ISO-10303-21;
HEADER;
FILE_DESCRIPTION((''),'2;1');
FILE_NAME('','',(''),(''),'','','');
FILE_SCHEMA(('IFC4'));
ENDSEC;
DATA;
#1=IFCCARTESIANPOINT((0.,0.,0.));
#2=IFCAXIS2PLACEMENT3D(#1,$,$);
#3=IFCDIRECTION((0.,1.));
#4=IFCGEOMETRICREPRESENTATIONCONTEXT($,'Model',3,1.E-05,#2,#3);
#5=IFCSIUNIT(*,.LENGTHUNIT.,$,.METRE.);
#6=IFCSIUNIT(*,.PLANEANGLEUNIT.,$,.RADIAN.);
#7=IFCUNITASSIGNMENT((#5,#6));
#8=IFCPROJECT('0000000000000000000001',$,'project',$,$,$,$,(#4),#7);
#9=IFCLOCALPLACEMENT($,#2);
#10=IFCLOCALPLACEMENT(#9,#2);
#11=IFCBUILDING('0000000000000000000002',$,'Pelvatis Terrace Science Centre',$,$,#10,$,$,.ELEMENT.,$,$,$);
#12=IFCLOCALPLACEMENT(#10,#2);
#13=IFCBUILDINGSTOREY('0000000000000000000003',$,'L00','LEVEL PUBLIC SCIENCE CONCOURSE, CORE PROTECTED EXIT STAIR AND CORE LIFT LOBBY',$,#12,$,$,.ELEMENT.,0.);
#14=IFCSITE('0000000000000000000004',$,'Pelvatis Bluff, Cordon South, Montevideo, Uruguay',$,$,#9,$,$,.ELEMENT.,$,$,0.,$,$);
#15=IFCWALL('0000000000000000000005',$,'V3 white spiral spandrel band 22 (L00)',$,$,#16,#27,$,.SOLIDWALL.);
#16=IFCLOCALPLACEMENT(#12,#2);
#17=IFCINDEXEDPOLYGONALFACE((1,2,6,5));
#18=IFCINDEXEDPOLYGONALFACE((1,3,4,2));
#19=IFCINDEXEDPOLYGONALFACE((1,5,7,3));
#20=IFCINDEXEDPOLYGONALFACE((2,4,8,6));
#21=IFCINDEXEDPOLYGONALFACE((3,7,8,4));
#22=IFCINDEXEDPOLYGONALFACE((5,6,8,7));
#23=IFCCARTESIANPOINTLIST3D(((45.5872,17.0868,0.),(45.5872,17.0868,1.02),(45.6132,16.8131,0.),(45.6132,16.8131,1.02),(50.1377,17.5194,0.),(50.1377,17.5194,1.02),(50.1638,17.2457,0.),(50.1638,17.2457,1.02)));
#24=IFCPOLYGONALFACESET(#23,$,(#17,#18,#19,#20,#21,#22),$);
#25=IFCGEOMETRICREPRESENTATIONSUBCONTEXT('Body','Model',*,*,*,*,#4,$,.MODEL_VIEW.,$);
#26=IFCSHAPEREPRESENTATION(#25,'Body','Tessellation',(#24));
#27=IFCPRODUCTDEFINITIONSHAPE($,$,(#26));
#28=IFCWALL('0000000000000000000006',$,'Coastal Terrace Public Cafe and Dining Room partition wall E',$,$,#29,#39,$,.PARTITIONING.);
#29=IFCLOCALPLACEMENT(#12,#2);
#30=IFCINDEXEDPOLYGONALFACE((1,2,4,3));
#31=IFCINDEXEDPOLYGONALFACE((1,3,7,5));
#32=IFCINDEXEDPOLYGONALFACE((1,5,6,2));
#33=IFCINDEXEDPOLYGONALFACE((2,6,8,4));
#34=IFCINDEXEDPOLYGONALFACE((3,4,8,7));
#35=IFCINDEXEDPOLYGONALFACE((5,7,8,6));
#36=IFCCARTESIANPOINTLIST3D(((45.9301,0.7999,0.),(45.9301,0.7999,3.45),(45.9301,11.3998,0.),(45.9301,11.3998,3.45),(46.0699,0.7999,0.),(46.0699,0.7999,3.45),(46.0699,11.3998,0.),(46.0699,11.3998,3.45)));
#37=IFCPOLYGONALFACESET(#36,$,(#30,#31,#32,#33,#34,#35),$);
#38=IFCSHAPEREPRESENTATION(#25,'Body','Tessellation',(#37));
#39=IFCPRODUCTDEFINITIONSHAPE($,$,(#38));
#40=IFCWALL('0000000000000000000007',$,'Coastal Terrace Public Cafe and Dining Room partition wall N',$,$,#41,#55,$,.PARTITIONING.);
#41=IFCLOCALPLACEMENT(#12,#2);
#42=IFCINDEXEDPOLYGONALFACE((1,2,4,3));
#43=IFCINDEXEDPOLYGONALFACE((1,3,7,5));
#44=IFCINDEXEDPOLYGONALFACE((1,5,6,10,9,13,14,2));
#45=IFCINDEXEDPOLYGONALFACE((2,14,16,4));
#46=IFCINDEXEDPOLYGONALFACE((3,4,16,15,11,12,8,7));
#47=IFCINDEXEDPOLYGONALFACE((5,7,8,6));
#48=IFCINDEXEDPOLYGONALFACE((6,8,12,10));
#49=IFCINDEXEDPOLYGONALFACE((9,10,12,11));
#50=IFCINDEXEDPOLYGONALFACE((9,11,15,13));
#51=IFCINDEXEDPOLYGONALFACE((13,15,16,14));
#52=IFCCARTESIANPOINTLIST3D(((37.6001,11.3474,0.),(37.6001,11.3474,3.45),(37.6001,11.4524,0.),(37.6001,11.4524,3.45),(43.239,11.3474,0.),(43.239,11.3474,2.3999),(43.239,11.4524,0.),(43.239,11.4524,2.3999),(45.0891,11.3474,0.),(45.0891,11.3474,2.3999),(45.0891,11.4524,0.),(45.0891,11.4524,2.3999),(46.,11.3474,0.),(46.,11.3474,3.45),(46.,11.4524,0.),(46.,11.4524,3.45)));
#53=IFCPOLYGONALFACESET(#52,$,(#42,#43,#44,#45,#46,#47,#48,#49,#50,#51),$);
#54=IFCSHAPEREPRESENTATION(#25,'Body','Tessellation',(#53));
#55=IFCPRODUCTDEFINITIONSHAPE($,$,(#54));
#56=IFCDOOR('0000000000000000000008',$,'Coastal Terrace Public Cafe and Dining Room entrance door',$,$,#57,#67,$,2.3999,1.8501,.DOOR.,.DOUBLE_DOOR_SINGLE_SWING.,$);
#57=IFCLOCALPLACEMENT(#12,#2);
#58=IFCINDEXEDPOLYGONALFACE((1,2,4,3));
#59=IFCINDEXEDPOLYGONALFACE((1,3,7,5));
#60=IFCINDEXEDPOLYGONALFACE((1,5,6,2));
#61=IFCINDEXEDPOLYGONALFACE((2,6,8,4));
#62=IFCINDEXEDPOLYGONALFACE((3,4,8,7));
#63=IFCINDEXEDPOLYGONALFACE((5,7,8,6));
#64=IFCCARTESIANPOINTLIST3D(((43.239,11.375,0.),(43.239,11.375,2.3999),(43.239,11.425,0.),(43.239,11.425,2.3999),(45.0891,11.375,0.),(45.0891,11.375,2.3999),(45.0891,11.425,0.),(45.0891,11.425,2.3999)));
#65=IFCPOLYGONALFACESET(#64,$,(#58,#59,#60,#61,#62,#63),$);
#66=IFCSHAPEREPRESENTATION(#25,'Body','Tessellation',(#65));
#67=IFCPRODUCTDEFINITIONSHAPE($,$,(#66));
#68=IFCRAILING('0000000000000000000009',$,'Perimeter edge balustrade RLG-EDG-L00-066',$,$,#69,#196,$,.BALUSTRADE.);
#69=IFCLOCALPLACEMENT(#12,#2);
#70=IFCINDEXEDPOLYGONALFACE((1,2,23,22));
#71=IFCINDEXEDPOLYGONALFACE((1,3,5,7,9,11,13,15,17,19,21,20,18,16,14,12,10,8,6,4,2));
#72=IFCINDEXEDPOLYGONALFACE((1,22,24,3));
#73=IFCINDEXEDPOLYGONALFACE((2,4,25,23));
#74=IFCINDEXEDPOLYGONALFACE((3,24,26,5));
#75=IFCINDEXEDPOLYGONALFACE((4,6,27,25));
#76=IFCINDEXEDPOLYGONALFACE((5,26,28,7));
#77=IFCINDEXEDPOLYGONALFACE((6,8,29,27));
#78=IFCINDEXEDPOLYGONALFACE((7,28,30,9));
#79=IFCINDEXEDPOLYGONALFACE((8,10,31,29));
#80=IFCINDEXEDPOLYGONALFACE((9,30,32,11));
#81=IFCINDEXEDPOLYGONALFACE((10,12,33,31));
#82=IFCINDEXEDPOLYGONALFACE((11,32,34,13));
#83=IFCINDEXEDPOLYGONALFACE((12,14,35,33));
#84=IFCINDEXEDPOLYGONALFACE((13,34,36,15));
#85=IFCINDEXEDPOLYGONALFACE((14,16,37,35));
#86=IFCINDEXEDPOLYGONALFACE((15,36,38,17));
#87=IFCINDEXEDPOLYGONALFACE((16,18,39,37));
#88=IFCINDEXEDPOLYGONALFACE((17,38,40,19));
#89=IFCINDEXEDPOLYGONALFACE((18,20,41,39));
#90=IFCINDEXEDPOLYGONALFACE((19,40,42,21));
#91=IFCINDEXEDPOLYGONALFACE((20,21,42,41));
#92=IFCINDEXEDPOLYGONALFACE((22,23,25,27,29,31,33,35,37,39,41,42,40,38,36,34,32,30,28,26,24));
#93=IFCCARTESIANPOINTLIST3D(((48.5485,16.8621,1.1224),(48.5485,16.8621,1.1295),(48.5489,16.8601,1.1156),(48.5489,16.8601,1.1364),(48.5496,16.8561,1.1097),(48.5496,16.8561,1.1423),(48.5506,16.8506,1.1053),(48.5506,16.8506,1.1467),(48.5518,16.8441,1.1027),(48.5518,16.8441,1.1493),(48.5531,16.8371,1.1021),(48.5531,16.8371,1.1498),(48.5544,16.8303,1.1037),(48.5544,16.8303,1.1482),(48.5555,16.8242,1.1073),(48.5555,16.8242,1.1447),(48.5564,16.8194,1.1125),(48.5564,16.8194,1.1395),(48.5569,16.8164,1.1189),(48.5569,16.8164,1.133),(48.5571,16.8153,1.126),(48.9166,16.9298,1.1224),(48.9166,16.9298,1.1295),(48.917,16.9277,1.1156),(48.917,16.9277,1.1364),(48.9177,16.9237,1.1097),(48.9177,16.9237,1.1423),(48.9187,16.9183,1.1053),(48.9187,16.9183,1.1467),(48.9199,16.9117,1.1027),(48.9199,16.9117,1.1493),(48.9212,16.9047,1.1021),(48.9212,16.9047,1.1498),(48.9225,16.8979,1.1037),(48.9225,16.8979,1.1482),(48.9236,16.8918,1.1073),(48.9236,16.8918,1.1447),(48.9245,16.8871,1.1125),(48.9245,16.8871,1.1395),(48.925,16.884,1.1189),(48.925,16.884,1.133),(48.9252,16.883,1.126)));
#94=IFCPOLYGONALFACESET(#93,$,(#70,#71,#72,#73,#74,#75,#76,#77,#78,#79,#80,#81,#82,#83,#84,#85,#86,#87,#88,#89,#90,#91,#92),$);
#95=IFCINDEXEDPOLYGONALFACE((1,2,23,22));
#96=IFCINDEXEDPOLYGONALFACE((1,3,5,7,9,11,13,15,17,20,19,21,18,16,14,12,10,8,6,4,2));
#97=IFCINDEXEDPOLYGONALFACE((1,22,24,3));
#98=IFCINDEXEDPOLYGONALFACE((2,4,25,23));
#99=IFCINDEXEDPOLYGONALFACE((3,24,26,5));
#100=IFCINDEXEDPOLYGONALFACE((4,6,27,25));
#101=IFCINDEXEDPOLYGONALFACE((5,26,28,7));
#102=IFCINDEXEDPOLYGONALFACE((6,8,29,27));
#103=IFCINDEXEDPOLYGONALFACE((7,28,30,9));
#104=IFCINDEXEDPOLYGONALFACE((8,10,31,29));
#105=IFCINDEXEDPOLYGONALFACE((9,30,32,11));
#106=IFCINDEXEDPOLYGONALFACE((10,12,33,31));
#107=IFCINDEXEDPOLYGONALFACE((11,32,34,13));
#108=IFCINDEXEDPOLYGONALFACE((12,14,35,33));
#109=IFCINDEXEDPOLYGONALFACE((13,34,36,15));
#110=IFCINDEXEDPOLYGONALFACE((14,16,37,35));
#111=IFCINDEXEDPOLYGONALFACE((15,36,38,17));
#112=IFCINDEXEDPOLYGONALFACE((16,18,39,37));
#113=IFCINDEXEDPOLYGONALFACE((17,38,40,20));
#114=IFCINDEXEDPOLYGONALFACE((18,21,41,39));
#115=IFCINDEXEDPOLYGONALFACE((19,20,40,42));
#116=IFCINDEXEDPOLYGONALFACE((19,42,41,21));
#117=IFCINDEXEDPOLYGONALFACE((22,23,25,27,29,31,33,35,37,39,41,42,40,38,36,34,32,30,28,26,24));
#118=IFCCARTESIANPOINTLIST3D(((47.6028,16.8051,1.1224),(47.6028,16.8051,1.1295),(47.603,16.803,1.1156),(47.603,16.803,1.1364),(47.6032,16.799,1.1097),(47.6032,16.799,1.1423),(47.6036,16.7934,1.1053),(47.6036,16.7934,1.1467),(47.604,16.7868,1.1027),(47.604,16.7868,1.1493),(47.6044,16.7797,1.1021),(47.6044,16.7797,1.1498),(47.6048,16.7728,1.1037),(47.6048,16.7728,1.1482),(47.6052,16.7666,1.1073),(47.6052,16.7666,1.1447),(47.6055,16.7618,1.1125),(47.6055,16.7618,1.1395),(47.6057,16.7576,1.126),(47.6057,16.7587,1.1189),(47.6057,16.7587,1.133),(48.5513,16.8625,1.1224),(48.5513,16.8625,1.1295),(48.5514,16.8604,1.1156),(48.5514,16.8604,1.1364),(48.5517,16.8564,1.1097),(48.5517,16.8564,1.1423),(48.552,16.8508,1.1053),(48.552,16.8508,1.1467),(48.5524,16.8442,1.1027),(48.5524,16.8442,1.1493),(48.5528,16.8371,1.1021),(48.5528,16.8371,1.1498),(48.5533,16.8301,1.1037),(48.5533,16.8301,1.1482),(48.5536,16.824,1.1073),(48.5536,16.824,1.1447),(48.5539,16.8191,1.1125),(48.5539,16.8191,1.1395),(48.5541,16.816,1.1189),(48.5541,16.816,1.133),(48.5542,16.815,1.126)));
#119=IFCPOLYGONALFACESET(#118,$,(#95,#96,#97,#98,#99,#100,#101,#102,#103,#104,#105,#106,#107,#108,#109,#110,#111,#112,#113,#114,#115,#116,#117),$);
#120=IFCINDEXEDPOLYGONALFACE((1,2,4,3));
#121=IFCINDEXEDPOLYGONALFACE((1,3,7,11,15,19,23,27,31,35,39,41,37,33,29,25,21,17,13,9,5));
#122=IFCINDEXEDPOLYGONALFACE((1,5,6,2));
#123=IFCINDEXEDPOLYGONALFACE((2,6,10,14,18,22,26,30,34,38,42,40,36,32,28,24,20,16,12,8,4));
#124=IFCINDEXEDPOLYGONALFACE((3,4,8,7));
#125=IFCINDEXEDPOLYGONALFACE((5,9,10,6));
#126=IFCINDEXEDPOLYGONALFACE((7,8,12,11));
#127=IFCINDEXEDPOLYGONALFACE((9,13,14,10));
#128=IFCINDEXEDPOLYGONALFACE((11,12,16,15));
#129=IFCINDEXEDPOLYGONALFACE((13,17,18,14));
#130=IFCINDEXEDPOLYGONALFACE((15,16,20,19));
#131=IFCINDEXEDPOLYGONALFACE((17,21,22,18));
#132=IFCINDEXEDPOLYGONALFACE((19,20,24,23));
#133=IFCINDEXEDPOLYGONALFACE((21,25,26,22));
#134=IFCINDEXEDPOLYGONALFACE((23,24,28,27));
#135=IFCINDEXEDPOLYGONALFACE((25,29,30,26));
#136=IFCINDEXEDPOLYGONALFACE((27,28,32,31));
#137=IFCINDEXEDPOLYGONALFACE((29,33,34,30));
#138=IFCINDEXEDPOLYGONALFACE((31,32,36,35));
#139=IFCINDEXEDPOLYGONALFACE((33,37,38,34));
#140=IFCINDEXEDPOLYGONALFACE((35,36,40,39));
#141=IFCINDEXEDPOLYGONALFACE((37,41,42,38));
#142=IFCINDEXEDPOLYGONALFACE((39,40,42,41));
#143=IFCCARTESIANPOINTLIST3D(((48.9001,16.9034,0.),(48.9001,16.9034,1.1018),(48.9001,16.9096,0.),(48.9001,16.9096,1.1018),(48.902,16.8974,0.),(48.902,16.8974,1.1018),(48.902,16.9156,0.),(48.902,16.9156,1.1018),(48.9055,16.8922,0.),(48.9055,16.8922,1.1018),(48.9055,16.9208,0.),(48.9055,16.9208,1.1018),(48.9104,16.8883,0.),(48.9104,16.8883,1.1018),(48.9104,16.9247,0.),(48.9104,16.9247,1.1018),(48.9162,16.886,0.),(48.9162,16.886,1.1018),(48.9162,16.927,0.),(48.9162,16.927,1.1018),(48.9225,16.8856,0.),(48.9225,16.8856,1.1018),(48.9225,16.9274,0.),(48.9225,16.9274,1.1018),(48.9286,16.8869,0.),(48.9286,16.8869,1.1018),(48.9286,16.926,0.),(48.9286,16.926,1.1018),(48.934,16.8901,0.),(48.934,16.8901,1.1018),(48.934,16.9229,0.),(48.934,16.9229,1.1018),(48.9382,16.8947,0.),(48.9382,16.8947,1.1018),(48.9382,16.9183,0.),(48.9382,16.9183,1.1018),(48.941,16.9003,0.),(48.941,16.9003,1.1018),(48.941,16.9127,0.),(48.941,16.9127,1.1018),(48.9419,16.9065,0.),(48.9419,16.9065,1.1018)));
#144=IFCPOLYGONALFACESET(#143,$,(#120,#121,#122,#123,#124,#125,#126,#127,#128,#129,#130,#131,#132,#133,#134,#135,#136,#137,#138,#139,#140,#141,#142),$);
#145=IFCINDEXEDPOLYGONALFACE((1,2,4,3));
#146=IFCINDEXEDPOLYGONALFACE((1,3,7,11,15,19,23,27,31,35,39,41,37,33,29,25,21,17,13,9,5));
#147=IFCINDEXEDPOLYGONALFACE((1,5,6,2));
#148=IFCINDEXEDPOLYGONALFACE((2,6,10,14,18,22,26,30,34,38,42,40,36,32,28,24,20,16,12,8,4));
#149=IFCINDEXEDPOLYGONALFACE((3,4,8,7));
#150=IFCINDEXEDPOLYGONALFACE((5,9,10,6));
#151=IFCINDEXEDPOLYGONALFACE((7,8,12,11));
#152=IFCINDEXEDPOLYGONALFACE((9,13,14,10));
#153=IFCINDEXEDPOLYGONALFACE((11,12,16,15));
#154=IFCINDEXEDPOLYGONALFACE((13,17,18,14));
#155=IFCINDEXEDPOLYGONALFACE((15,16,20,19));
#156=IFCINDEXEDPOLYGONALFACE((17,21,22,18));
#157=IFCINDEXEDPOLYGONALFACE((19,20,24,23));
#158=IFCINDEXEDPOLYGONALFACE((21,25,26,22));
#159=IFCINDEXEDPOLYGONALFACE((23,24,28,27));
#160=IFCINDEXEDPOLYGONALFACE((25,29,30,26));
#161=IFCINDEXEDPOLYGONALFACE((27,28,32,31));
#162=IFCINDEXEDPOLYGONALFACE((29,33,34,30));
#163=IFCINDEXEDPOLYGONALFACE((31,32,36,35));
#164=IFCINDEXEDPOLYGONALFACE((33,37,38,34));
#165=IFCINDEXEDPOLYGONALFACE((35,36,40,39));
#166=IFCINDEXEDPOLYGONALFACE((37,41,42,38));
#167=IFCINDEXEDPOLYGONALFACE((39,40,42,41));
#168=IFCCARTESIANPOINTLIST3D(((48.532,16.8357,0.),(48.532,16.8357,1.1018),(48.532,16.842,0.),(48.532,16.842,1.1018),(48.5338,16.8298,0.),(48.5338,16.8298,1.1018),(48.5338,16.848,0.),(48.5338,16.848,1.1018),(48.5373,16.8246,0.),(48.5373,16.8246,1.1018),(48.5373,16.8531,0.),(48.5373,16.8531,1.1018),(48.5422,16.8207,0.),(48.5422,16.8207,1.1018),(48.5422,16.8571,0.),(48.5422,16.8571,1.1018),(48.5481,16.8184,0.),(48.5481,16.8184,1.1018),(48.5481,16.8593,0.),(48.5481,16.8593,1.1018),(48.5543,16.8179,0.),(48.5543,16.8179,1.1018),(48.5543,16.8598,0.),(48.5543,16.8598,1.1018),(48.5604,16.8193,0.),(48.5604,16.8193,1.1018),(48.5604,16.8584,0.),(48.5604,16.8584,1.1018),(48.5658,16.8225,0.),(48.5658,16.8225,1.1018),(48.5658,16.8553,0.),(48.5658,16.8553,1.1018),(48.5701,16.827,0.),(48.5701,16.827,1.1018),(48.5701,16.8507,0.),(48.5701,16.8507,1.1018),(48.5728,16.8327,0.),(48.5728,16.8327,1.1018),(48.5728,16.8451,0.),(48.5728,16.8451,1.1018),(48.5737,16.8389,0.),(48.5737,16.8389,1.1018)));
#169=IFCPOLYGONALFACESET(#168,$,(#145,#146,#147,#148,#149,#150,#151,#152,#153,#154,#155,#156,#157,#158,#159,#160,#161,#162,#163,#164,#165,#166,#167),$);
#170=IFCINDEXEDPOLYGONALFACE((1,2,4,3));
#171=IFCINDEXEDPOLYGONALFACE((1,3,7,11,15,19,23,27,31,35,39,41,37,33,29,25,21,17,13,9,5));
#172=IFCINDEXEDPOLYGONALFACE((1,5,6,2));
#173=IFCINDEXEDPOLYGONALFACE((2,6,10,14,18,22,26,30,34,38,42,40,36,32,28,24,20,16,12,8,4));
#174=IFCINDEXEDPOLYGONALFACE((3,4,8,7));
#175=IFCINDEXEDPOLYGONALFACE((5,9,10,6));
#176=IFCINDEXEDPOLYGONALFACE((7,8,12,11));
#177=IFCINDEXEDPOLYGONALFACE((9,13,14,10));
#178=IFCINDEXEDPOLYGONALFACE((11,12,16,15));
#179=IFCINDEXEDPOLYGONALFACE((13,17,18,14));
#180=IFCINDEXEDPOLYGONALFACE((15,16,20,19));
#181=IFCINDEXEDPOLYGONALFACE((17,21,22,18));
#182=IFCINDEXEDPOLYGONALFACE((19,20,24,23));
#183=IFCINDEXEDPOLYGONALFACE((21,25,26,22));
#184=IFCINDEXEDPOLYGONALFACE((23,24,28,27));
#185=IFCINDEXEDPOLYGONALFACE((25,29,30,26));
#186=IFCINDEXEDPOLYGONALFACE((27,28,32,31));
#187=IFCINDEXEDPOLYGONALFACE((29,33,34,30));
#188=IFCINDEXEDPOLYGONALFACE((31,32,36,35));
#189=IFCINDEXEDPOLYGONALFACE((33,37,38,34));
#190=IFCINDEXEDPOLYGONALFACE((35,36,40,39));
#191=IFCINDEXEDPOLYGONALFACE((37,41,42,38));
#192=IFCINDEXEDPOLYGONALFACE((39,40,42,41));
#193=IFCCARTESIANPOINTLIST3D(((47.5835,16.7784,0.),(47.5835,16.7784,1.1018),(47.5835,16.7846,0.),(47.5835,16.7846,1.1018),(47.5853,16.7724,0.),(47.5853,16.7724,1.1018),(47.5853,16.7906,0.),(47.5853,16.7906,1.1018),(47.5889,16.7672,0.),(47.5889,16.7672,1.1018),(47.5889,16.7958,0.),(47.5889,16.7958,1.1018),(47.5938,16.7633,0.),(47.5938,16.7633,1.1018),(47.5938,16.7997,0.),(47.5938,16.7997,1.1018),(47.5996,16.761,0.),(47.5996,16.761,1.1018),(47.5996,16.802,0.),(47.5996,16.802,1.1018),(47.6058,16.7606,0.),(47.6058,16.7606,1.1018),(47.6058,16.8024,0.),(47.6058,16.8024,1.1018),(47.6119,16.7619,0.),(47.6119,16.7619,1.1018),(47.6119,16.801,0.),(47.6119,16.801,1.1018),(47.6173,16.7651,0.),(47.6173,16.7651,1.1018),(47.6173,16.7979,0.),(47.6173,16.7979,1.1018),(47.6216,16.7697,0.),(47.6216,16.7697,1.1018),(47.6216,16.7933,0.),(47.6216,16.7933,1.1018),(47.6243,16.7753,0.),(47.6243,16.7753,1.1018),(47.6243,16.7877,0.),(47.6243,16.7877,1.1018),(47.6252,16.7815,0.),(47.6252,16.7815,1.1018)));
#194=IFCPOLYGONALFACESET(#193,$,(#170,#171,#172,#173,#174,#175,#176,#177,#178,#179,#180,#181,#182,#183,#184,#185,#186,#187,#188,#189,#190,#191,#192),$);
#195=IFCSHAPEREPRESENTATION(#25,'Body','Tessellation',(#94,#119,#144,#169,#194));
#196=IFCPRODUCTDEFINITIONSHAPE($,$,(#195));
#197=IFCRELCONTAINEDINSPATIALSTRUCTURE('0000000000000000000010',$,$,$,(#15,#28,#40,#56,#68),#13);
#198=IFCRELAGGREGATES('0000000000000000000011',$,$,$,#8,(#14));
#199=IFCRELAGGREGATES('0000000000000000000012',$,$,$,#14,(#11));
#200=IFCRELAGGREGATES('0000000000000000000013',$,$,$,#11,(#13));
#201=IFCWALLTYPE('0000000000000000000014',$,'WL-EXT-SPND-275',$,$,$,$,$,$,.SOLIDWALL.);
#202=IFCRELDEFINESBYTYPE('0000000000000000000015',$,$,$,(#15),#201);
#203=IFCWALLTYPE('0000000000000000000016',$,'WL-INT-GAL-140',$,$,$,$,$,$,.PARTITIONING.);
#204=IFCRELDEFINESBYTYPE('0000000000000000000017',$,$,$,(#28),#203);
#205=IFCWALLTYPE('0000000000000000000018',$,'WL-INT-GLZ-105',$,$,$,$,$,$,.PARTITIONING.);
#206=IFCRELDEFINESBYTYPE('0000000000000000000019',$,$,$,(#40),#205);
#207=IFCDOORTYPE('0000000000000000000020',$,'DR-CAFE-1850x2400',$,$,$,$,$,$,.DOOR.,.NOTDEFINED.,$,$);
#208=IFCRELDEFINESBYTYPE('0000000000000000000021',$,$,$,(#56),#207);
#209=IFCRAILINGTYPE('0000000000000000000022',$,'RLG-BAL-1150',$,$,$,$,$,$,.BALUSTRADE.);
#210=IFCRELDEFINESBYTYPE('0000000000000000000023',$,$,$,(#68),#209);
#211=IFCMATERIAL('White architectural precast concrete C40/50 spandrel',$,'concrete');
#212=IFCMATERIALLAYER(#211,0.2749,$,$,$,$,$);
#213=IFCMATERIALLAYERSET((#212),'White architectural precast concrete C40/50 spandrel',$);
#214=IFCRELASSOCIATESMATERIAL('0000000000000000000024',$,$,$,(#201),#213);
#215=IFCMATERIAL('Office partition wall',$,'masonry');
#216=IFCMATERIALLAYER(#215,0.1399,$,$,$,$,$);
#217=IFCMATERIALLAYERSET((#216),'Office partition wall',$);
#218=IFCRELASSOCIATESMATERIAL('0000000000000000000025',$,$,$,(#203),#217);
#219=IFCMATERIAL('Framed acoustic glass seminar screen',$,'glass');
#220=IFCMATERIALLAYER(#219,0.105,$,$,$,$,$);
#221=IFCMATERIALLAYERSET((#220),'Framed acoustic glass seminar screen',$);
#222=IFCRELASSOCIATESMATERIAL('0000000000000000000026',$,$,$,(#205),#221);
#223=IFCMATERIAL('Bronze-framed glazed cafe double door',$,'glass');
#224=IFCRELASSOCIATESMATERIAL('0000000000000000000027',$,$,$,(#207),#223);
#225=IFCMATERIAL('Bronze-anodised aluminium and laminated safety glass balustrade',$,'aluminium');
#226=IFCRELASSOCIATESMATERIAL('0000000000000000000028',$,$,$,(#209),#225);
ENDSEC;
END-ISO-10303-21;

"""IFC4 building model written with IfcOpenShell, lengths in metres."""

from ifc_helpers import new_model, si_unit, direction, frame, frame_2d, origin, origin_2d, place, context, subcontext, project, spatial, rectangle, circle, extrude, material, layer, layer_set, type_object, element, fill, save


model = new_model("IFC4")

# Units and contexts
model_context = context("Model", 3, precision=1e-05, world=origin(), true_north=direction((0.0, 1.0)))
body_context = subcontext(model_context, "Body", "Model", "MODEL_VIEW")
ifc_project = project(units=[si_unit("LENGTHUNIT", "METRE"), si_unit("PLANEANGLEUNIT", "RADIAN")], contexts=[model_context])

# Site, building, storey
site_placement = place(None, origin())
site = spatial("IfcSite", under=ifc_project, at=site_placement, Name="Pelvatis Bluff, Cordon South, Montevideo, Uruguay", CompositionType="ELEMENT", RefElevation=0.0)
building_placement = place(site_placement, origin())
building = spatial("IfcBuilding", under=site, at=building_placement, Name="Pelvatis Terrace Science Centre", CompositionType="ELEMENT")
storey_placement = place(building_placement, origin())
storey = spatial("IfcBuildingStorey", under=building, at=storey_placement, Name="L00", Description="LEVEL PUBLIC SCIENCE CONCOURSE, CORE PROTECTED EXIT STAIR AND CORE LIFT LOBBY", CompositionType="ELEMENT", Elevation=0.0)

# Walls
ifc_material_1 = material(Name="White architectural precast concrete C40/50 spandrel", Category="concrete")
ifc_layer_1 = layer(ifc_material_1, 0.2749)
ifc_layer_set_1 = layer_set([ifc_layer_1], Name="White architectural precast concrete C40/50 spandrel")
wall_type_1 = type_object("IfcWallType", Name="WL-EXT-SPND-275", PredefinedType="SOLIDWALL", material=ifc_layer_set_1)
wall_1_placement = place(storey_placement, frame((45.6001, 16.95, 0.0), z_axis=(0.0, 0.0, 1.0), x_axis=(0.995511, 0.094643, 0.0)))
element("IfcWall", 1, at=wall_1_placement, inside=storey, type_object=wall_type_1, Name="V3 white spiral spandrel band 22 (L00)", PredefinedType="SOLIDWALL", context=body_context, shape_type="SweptSolid", body=[
    extrude(rectangle(XDim=4.571, YDim=0.2749, at=frame_2d((2.2856, 0.0))), origin(), (0.0, 0.0, 1.0), 1.02),
])
ifc_material_2 = material(Name="Office partition wall", Category="masonry")
ifc_layer_2 = layer(ifc_material_2, 0.1399)
ifc_layer_set_2 = layer_set([ifc_layer_2], Name="Office partition wall")
wall_type_2 = type_object("IfcWallType", Name="WL-INT-GAL-140", PredefinedType="PARTITIONING", material=ifc_layer_set_2)
wall_2_placement = place(storey_placement, frame((46.0, 0.8, 0.0), z_axis=(0.0, 0.0, 1.0), x_axis=(0.0, 1.0, 0.0)))
element("IfcWall", 2, at=wall_2_placement, inside=storey, type_object=wall_type_2, Name="Coastal Terrace Public Cafe and Dining Room partition wall E", PredefinedType="PARTITIONING", context=body_context, shape_type="SweptSolid", body=[
    extrude(rectangle(XDim=10.5999, YDim=0.1399, at=frame_2d((5.2998, 0.0))), origin(), (0.0, 0.0, 1.0), 3.45),
])

# Wall, opening, door
ifc_material_3 = material(Name="Framed acoustic glass seminar screen", Category="glass")
ifc_layer_3 = layer(ifc_material_3, 0.105)
ifc_layer_set_3 = layer_set([ifc_layer_3], Name="Framed acoustic glass seminar screen")
wall_type_3 = type_object("IfcWallType", Name="WL-INT-GLZ-105", PredefinedType="PARTITIONING", material=ifc_layer_set_3)
wall_3_placement = place(storey_placement, frame((46.0, 11.3999, 0.0), z_axis=(0.0, 0.0, 1.0), x_axis=(-1.0, 0.0, 0.0)))
wall_3 = element("IfcWall", 3, at=wall_3_placement, inside=storey, type_object=wall_type_3, Name="Coastal Terrace Public Cafe and Dining Room partition wall N", PredefinedType="PARTITIONING", context=body_context, shape_type="SweptSolid", body=[
    extrude(rectangle(XDim=8.3999, YDim=0.105, at=frame_2d((4.2, 0.0))), origin(), (0.0, 0.0, 1.0), 3.45),
])
opening_1_placement = place(wall_3_placement, frame((0.9109, 0.0, 0.0)))
opening_1 = element("IfcOpeningElement", 4, at=opening_1_placement, cuts=wall_3, PredefinedType="OPENING", context=body_context, shape_type="SweptSolid", body=[
    extrude(rectangle(XDim=1.8501, YDim=2.3999, at=frame_2d((0.925, 1.2))), frame((0.0, 0.0625, 0.0), z_axis=(0.0, -1.0, 0.0), x_axis=(1.0, 0.0, 0.0)), (0.0, 0.0, 1.0), 0.125),
])
ifc_material_4 = material(Name="Bronze-framed glazed cafe double door", Category="glass")
door_type_1 = type_object("IfcDoorType", Name="DR-CAFE-1850x2400", OperationType="NOTDEFINED", PredefinedType="DOOR", material=ifc_material_4)
door_1_placement = place(opening_1_placement, origin())
door_1 = element("IfcDoor", 5, at=door_1_placement, inside=storey, type_object=door_type_1, Name="Coastal Terrace Public Cafe and Dining Room entrance door", OperationType="DOUBLE_DOOR_SINGLE_SWING", OverallHeight=2.3999, OverallWidth=1.8501, PredefinedType="DOOR", context=body_context, shape_type="SweptSolid", body=[
    extrude(rectangle(XDim=1.8501, YDim=2.3999, at=frame_2d((0.925, 1.2))), frame((0.0, 0.0249, 0.0), z_axis=(0.0, -1.0, 0.0), x_axis=(1.0, 0.0, 0.0)), (0.0, 0.0, 1.0), 0.05),
])
fill(opening_1, door_1)

# Railing
ifc_material_5 = material(Name="Bronze-anodised aluminium and laminated safety glass balustrade", Category="aluminium")
railing_type = type_object("IfcRailingType", Name="RLG-BAL-1150", PredefinedType="BALUSTRADE", material=ifc_material_5)
railing_1_placement = place(storey_placement, frame((48.9209, 16.9065, 0.0)))
element("IfcRailing", 6, at=railing_1_placement, inside=storey, type_object=railing_type, Name="Perimeter edge balustrade RLG-EDG-L00-066", PredefinedType="BALUSTRADE", context=body_context, shape_type="SweptSolid", body=[
    extrude(circle(Radius=0.0239, at=origin_2d()), frame((0.0, 0.0, 1.126), z_axis=(-0.983545, -0.180664, 0.0), x_axis=(0.180664, -0.983545, 0.0)), (0.0, 0.0, 1.0), 0.3743),
    extrude(circle(Radius=0.0239, at=origin_2d()), frame((-0.3682, -0.0676, 1.126), z_axis=(-0.998176, -0.060379, 0.0), x_axis=(0.060379, -0.998176, 0.0)), (0.0, 0.0, 1.0), 0.9502),
    extrude(circle(Radius=0.021, at=origin_2d()), origin(), (0.0, 0.0, 1.0), 1.1018),
    extrude(circle(Radius=0.021, at=origin_2d()), frame((-0.3682, -0.0676, 0.0)), (0.0, 0.0, 1.0), 1.1018),
    extrude(circle(Radius=0.021, at=origin_2d()), frame((-1.3167, -0.125, 0.0)), (0.0, 0.0, 1.0), 1.1018),
])

save(model, "model.ifc")
